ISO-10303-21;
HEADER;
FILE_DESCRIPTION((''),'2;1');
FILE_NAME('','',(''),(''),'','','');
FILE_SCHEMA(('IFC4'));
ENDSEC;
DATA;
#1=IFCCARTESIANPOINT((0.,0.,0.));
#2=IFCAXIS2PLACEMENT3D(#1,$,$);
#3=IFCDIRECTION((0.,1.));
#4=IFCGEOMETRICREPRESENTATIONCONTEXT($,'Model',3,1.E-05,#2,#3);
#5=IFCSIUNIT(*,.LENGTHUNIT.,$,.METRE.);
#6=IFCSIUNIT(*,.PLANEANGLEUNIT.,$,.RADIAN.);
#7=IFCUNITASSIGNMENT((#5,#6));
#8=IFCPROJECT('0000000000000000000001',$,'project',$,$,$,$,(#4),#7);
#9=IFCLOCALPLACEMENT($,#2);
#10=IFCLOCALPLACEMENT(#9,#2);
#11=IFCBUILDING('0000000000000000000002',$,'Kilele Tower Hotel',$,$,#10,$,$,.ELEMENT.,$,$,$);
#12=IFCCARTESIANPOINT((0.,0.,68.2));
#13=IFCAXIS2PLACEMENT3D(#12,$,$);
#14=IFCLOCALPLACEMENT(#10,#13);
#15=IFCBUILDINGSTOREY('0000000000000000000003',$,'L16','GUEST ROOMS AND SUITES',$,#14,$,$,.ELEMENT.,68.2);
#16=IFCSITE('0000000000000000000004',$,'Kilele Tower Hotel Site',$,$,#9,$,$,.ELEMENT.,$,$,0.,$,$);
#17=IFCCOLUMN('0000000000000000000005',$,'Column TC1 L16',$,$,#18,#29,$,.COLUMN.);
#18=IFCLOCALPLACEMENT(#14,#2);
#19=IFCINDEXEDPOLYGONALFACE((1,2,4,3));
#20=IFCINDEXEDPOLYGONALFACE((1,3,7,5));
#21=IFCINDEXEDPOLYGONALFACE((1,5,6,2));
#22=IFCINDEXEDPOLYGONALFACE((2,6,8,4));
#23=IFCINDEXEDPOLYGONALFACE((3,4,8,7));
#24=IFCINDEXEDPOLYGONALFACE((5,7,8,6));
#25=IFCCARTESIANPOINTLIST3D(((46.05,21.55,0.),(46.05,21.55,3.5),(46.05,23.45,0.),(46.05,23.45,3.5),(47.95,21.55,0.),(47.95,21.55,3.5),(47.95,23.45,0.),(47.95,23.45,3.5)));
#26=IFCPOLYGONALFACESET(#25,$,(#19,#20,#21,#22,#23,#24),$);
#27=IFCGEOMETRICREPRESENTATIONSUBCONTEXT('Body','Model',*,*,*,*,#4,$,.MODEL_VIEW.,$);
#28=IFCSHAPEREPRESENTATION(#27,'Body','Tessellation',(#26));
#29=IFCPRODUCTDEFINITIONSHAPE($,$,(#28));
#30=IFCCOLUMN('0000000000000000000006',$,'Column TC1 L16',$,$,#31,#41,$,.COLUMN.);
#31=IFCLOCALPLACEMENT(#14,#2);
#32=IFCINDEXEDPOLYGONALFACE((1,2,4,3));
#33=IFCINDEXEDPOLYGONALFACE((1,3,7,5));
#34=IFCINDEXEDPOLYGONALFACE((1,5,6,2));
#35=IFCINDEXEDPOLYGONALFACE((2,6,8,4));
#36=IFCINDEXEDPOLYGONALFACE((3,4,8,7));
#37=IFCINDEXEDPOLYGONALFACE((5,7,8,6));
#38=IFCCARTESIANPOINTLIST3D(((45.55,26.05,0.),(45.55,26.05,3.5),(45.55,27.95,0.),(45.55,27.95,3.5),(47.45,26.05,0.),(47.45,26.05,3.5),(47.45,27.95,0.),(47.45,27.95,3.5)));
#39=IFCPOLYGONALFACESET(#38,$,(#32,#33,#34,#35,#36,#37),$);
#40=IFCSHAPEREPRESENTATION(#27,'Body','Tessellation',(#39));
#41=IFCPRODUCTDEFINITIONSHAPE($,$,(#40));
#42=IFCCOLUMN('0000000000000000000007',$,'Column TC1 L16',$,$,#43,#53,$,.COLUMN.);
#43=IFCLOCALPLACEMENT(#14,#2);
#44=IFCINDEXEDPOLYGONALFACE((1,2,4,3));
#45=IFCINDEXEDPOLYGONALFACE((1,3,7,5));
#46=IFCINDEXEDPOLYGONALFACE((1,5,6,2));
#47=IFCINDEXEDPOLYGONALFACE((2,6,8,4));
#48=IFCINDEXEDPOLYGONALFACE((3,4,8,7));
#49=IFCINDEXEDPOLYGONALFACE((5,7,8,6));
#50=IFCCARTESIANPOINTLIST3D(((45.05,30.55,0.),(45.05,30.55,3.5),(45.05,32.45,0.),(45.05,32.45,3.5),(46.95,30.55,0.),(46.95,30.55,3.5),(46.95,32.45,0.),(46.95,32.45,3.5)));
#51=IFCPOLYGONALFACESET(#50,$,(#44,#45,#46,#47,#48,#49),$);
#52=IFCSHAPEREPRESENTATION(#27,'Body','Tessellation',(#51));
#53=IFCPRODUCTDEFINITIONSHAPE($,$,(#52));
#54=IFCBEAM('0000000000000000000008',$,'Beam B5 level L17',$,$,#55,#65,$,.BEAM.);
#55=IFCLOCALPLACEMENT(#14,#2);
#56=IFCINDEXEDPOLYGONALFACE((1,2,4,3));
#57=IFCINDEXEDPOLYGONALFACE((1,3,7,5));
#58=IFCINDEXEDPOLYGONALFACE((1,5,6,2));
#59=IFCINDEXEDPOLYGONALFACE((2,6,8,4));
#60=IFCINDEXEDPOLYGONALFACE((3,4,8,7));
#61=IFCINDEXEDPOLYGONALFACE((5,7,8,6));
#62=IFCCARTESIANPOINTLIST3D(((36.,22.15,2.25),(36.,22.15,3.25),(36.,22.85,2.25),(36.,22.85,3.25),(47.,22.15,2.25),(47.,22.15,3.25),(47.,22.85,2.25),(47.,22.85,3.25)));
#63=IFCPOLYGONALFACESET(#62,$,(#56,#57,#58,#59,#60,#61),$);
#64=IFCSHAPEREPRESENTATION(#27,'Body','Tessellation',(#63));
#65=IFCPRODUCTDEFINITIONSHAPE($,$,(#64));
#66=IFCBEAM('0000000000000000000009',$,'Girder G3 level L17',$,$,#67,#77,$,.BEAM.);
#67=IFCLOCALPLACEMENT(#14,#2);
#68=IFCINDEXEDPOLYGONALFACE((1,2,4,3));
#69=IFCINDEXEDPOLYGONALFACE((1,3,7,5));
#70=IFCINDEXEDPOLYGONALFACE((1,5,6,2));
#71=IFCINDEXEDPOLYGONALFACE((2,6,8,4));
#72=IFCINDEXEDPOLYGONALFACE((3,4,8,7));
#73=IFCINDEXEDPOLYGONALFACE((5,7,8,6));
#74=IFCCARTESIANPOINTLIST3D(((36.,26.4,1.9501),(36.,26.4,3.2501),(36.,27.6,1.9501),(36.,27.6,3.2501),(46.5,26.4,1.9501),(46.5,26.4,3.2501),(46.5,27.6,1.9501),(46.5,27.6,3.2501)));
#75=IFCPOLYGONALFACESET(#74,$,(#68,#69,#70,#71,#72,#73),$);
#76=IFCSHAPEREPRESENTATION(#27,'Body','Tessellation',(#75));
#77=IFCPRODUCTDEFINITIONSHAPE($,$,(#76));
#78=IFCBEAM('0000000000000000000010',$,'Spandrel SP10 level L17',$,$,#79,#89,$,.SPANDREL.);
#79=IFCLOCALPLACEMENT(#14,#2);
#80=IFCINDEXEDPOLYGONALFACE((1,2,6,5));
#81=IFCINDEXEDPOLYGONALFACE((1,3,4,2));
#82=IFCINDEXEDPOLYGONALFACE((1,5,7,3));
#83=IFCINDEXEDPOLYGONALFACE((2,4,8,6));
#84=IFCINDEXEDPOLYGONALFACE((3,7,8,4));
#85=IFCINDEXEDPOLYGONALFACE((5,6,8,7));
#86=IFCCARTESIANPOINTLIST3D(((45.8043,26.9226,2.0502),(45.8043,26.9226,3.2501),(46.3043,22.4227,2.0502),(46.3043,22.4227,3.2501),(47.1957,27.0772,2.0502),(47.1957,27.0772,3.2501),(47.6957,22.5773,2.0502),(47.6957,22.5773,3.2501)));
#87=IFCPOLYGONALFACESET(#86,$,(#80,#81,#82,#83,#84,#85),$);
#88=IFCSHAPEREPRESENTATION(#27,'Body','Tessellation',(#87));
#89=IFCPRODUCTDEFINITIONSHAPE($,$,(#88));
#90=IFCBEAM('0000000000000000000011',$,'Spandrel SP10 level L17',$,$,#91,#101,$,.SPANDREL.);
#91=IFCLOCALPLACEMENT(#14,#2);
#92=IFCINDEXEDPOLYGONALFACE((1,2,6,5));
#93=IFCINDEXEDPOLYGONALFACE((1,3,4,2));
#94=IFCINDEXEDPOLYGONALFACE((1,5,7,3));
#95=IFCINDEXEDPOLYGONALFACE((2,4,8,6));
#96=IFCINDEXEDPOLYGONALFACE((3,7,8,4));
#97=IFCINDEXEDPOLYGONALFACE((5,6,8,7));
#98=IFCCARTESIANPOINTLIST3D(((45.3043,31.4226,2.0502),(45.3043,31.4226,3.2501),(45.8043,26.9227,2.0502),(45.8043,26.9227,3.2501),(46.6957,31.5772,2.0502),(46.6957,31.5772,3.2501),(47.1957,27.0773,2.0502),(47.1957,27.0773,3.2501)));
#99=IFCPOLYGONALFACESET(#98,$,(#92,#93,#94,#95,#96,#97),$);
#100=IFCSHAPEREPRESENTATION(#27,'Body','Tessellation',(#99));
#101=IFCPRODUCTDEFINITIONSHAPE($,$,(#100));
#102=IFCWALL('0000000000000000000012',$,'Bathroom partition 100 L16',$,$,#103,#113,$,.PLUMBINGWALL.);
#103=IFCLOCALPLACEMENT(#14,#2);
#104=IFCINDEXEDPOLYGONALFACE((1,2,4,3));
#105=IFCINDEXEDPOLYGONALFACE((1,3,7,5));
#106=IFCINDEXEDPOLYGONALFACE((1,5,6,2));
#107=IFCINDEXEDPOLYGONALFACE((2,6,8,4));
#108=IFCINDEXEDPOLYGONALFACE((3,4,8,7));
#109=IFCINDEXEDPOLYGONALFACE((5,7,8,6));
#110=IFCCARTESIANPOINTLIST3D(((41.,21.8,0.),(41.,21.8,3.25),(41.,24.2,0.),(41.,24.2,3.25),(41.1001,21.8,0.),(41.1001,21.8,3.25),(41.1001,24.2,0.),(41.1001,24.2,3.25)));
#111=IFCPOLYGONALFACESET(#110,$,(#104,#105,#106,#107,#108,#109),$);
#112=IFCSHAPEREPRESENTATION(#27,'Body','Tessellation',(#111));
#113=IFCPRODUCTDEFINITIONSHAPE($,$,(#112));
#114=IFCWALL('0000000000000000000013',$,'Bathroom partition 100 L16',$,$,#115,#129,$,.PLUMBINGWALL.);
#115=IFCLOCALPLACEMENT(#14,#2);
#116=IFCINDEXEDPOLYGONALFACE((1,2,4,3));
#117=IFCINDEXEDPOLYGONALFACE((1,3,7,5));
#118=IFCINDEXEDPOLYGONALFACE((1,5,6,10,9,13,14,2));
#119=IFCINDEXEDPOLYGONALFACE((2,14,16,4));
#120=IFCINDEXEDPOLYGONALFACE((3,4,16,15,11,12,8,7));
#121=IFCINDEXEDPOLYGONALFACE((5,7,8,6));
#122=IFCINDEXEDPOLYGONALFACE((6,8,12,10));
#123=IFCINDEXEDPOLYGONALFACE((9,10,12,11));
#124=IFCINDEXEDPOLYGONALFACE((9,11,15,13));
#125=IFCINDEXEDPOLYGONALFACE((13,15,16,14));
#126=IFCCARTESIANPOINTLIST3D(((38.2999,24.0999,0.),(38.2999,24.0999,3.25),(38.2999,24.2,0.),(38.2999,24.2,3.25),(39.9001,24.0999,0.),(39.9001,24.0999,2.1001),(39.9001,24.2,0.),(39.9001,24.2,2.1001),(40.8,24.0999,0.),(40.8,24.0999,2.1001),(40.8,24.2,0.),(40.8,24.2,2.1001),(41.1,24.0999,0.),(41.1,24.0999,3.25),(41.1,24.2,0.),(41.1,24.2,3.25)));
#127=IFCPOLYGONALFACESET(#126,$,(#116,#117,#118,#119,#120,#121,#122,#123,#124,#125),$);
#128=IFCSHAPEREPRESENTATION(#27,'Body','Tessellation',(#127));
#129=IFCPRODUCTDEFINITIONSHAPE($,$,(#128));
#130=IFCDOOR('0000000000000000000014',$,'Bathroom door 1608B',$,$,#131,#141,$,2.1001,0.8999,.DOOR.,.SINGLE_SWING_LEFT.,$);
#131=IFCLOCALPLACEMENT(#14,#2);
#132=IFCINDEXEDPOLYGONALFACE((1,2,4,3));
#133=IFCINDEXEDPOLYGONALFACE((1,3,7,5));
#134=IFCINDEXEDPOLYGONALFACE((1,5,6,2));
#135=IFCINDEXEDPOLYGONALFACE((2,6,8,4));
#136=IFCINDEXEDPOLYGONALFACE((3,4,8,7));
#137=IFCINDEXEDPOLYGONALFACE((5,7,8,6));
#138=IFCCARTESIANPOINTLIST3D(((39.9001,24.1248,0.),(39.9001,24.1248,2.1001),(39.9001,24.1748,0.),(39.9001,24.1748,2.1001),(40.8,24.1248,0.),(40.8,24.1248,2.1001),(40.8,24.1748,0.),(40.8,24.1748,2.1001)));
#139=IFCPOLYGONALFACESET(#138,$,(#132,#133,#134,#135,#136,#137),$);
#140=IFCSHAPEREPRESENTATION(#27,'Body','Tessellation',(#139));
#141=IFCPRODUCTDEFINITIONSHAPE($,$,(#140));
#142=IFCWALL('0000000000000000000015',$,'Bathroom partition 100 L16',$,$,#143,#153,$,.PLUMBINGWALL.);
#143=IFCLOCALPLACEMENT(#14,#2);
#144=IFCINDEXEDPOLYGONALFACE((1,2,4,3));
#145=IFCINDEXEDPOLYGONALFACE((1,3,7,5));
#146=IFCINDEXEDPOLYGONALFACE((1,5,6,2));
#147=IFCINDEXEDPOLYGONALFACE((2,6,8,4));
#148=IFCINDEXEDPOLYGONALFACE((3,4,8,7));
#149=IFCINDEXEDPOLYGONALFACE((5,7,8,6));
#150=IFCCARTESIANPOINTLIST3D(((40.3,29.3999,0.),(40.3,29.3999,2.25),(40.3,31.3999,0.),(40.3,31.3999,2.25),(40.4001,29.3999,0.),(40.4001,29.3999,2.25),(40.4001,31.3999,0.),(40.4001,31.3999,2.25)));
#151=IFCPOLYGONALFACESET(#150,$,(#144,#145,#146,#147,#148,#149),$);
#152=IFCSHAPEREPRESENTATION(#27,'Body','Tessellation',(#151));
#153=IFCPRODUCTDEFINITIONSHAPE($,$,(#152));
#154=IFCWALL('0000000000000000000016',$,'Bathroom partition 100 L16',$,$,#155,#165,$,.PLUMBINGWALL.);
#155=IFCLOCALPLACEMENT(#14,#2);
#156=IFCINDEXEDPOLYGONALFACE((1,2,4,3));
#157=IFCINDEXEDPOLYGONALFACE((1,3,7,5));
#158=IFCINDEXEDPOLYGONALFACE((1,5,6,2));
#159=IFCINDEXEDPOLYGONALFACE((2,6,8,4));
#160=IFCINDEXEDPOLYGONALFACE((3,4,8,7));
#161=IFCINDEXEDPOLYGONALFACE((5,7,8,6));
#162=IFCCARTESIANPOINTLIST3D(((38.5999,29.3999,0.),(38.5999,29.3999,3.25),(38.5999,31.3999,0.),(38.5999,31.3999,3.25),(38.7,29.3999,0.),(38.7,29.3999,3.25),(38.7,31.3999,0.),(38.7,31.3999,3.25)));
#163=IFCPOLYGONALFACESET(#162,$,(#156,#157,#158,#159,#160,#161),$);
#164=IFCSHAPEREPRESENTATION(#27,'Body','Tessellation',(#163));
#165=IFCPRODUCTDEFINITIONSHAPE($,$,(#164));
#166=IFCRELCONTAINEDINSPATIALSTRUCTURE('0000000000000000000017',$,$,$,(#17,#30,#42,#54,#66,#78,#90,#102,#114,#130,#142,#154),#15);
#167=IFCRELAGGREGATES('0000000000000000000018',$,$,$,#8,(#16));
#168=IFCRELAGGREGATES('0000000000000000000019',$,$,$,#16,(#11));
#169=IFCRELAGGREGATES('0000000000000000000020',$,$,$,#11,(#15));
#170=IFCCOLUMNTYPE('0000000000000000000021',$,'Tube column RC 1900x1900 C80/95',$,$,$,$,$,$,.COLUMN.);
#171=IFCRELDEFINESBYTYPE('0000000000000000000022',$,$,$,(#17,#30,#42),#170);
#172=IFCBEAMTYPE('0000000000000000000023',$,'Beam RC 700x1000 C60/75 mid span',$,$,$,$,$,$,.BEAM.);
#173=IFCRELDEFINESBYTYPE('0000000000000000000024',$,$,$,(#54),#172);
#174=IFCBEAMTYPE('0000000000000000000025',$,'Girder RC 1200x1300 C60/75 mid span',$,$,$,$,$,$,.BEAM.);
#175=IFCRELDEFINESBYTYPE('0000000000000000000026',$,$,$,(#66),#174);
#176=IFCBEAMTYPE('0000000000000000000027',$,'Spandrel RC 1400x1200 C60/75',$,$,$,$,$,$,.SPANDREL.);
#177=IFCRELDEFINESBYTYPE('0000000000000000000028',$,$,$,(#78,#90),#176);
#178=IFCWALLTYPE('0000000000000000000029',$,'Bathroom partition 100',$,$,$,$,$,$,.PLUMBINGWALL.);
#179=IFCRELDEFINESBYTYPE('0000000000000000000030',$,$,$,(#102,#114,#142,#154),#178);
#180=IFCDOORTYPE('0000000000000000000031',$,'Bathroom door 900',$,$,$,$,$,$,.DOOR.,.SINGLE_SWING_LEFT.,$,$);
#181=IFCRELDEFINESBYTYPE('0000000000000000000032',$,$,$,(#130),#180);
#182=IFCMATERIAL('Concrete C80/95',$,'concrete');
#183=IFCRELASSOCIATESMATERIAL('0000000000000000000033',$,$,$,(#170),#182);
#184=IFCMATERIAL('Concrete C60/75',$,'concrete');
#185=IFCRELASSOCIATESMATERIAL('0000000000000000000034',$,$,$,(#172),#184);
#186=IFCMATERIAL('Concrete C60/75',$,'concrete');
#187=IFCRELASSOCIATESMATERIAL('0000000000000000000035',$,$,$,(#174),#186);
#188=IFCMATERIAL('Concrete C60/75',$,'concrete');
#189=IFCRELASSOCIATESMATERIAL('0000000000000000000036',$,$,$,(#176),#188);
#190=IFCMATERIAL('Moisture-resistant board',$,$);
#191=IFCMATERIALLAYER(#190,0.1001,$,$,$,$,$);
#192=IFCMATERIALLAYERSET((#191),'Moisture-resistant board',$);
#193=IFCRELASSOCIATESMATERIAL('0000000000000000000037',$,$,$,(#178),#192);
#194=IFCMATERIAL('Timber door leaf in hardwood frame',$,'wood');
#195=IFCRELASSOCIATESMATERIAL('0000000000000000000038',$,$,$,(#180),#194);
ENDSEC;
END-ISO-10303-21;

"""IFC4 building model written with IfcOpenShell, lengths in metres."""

from ifc_helpers import new_model, si_unit, direction, frame, frame_2d, origin, origin_2d, place, context, subcontext, project, spatial, rectangle, extrude, material, layer, layer_set, material_profile, profile_set, type_object, element, fill, save


model = new_model("IFC4")

# Units and contexts
model_context = context("Model", 3, precision=1e-05, world=origin(), true_north=direction((0.0, 1.0)))
body_context = subcontext(model_context, "Body", "Model", "MODEL_VIEW")
ifc_project = project(units=[si_unit("LENGTHUNIT", "METRE"), si_unit("PLANEANGLEUNIT", "RADIAN")], contexts=[model_context])

# Site, building, storey
site_placement = place(None, origin())
site = spatial("IfcSite", under=ifc_project, at=site_placement, Name="Kilele Tower Hotel Site", CompositionType="ELEMENT", RefElevation=0.0)
building_placement = place(site_placement, origin())
building = spatial("IfcBuilding", under=site, at=building_placement, Name="Kilele Tower Hotel", CompositionType="ELEMENT")
storey_placement = place(building_placement, frame((0.0, 0.0, 68.2)))
storey = spatial("IfcBuildingStorey", under=building, at=storey_placement, Name="L16", Description="GUEST ROOMS AND SUITES", CompositionType="ELEMENT", Elevation=68.2)

# Columns
ifc_material_1 = material(Name="Concrete C80/95", Category="concrete")
ifc_material_profile_1 = material_profile(ifc_material_1, rectangle(XDim=1.8999, YDim=1.8999, at=origin_2d()))
ifc_profile_set_1 = profile_set([ifc_material_profile_1], Name="Concrete C80/95")
column_type = type_object("IfcColumnType", Name="Tube column RC 1900x1900 C80/95", PredefinedType="COLUMN", material=ifc_profile_set_1)
for number, where, z_axis, x_axis, name in (
    (1, (47.0, 22.5, 0.0), (0.0, 0.0, 1.0), (1.0, 0.0, 0.0), "Column TC1 L16"),
    (2, (46.5, 27.0, 0.0), (0.0, 0.0, 1.0), (1.0, 0.0, 0.0), "Column TC1 L16"),
    (3, (46.0, 31.5, 0.0), (0.0, 0.0, 1.0), (1.0, 0.0, 0.0), "Column TC1 L16"),
):
    element("IfcColumn", number, at=place(storey_placement, frame(where, z_axis=z_axis, x_axis=x_axis)), inside=storey, type_object=column_type, Name=name, PredefinedType="COLUMN", context=body_context, shape_type="SweptSolid", body=[
        extrude(rectangle(XDim=1.8999, YDim=1.8999, at=origin_2d()), origin(), (0.0, 0.0, 1.0), 3.5),
    ])

# Beams
ifc_material_2 = material(Name="Concrete C60/75", Category="concrete")
ifc_material_profile_2 = material_profile(ifc_material_2, rectangle(XDim=0.7, YDim=1.0, at=origin_2d()))
ifc_profile_set_2 = profile_set([ifc_material_profile_2], Name="Concrete C60/75")
beam_type_1 = type_object("IfcBeamType", Name="Beam RC 700x1000 C60/75 mid span", PredefinedType="BEAM", material=ifc_profile_set_2)
beam_1_placement = place(storey_placement, frame((47.0, 22.5, 2.75), z_axis=(-1.0, 0.0, 0.0), x_axis=(0.0, -1.0, 0.0)))
element("IfcBeam", 4, at=beam_1_placement, inside=storey, type_object=beam_type_1, Name="Beam B5 level L17", PredefinedType="BEAM", context=body_context, shape_type="SweptSolid", body=[
    extrude(rectangle(XDim=0.7, YDim=1.0, at=origin_2d()), origin(), (0.0, 0.0, 1.0), 11.0),
])
ifc_material_3 = material(Name="Concrete C60/75", Category="concrete")
ifc_material_profile_3 = material_profile(ifc_material_3, rectangle(XDim=1.2, YDim=1.3, at=origin_2d()))
ifc_profile_set_3 = profile_set([ifc_material_profile_3], Name="Concrete C60/75")
beam_type_2 = type_object("IfcBeamType", Name="Girder RC 1200x1300 C60/75 mid span", PredefinedType="BEAM", material=ifc_profile_set_3)
beam_2_placement = place(storey_placement, frame((46.5, 27.0, 2.6001), z_axis=(-1.0, 0.0, 0.0), x_axis=(0.0, -1.0, 0.0)))
element("IfcBeam", 5, at=beam_2_placement, inside=storey, type_object=beam_type_2, Name="Girder G3 level L17", PredefinedType="BEAM", context=body_context, shape_type="SweptSolid", body=[
    extrude(rectangle(XDim=1.2, YDim=1.3, at=origin_2d()), origin(), (0.0, 0.0, 1.0), 10.5),
])
ifc_material_4 = material(Name="Concrete C60/75", Category="concrete")
ifc_material_profile_4 = material_profile(ifc_material_4, rectangle(XDim=1.3999, YDim=1.2, at=origin_2d()))
ifc_profile_set_4 = profile_set([ifc_material_profile_4], Name="Concrete C60/75")
beam_type_3 = type_object("IfcBeamType", Name="Spandrel RC 1400x1200 C60/75", PredefinedType="SPANDREL", material=ifc_profile_set_4)
for number, where, z_axis, x_axis, name in (
    (6, (47.0, 22.5, 2.6501), (-0.110432, 0.993884, 0.0), (-0.993884, -0.110432, 0.0), "Spandrel SP10 level L17"),
    (7, (46.5, 27.0, 2.6501), (-0.110432, 0.993884, 0.0), (-0.993884, -0.110432, 0.0), "Spandrel SP10 level L17"),
):
    element("IfcBeam", number, at=place(storey_placement, frame(where, z_axis=z_axis, x_axis=x_axis)), inside=storey, type_object=beam_type_3, Name=name, PredefinedType="SPANDREL", context=body_context, shape_type="SweptSolid", body=[
        extrude(rectangle(XDim=1.3999, YDim=1.2, at=origin_2d()), origin(), (0.0, 0.0, 1.0), 4.5276),
    ])

# Wall
ifc_material_5 = material(Name="Moisture-resistant board")
ifc_layer_1 = layer(ifc_material_5, 0.1001)
ifc_layer_set_1 = layer_set([ifc_layer_1], Name="Moisture-resistant board")
wall_type_1 = type_object("IfcWallType", Name="Bathroom partition 100", PredefinedType="PLUMBINGWALL", material=ifc_layer_set_1)
wall_1_placement = place(storey_placement, frame((41.05, 21.8, 0.0), z_axis=(0.0, 0.0, 1.0), x_axis=(0.0, 1.0, 0.0)))
element("IfcWall", 8, at=wall_1_placement, inside=storey, type_object=wall_type_1, Name="Bathroom partition 100 L16", PredefinedType="PLUMBINGWALL", context=body_context, shape_type="SweptSolid", body=[
    extrude(rectangle(XDim=2.3999, YDim=0.1001, at=frame_2d((1.2, 0.0))), origin(), (0.0, 0.0, 1.0), 3.25),
])

# Wall, opening, door
wall_2_placement = place(storey_placement, frame((38.3, 24.1499, 0.0), z_axis=(0.0, 0.0, 1.0), x_axis=(1.0, 0.0, 0.0)))
wall_2 = element("IfcWall", 9, at=wall_2_placement, inside=storey, type_object=wall_type_1, Name="Bathroom partition 100 L16", PredefinedType="PLUMBINGWALL", context=body_context, shape_type="SweptSolid", body=[
    extrude(rectangle(XDim=2.8, YDim=0.1001, at=frame_2d((1.3999, 0.0))), origin(), (0.0, 0.0, 1.0), 3.25),
])
opening_1_placement = place(wall_2_placement, frame((1.6001, 0.0, 0.0)))
opening_1 = element("IfcOpeningElement", 10, at=opening_1_placement, cuts=wall_2, PredefinedType="OPENING", context=body_context, shape_type="SweptSolid", body=[
    extrude(rectangle(XDim=0.8999, YDim=2.1001, at=frame_2d((0.45, 1.05))), frame((0.0, 0.0601, 0.0), z_axis=(0.0, -1.0, 0.0), x_axis=(1.0, 0.0, 0.0)), (0.0, 0.0, 1.0), 0.1201),
])
ifc_material_6 = material(Name="Timber door leaf in hardwood frame", Category="wood")
door_type_1 = type_object("IfcDoorType", Name="Bathroom door 900", OperationType="SINGLE_SWING_LEFT", PredefinedType="DOOR", material=ifc_material_6)
door_1_placement = place(opening_1_placement, origin())
door_1 = element("IfcDoor", 11, at=door_1_placement, inside=storey, type_object=door_type_1, Name="Bathroom door 1608B", OperationType="SINGLE_SWING_LEFT", OverallHeight=2.1001, OverallWidth=0.8999, PredefinedType="DOOR", context=body_context, shape_type="SweptSolid", body=[
    extrude(rectangle(XDim=0.8999, YDim=2.1001, at=frame_2d((0.45, 1.05))), frame((0.0, 0.0249, 0.0), z_axis=(0.0, -1.0, 0.0), x_axis=(1.0, 0.0, 0.0)), (0.0, 0.0, 1.0), 0.05),
])
fill(opening_1, door_1)

# Walls
wall_3_placement = place(storey_placement, frame((40.3501, 31.3999, 0.0), z_axis=(0.0, 0.0, 1.0), x_axis=(0.0, -1.0, 0.0)))
element("IfcWall", 12, at=wall_3_placement, inside=storey, type_object=wall_type_1, Name="Bathroom partition 100 L16", PredefinedType="PLUMBINGWALL", context=body_context, shape_type="SweptSolid", body=[
    extrude(rectangle(XDim=2.0, YDim=0.1001, at=frame_2d((1.0, 0.0))), origin(), (0.0, 0.0, 1.0), 2.25),
])
wall_4_placement = place(storey_placement, frame((38.6499, 31.3999, 0.0), z_axis=(0.0, 0.0, 1.0), x_axis=(0.0, -1.0, 0.0)))
element("IfcWall", 13, at=wall_4_placement, inside=storey, type_object=wall_type_1, Name="Bathroom partition 100 L16", PredefinedType="PLUMBINGWALL", context=body_context, shape_type="SweptSolid", body=[
    extrude(rectangle(XDim=2.0, YDim=0.1001, at=frame_2d((1.0, 0.0))), origin(), (0.0, 0.0, 1.0), 3.25),
])

save(model, "model.ifc")
